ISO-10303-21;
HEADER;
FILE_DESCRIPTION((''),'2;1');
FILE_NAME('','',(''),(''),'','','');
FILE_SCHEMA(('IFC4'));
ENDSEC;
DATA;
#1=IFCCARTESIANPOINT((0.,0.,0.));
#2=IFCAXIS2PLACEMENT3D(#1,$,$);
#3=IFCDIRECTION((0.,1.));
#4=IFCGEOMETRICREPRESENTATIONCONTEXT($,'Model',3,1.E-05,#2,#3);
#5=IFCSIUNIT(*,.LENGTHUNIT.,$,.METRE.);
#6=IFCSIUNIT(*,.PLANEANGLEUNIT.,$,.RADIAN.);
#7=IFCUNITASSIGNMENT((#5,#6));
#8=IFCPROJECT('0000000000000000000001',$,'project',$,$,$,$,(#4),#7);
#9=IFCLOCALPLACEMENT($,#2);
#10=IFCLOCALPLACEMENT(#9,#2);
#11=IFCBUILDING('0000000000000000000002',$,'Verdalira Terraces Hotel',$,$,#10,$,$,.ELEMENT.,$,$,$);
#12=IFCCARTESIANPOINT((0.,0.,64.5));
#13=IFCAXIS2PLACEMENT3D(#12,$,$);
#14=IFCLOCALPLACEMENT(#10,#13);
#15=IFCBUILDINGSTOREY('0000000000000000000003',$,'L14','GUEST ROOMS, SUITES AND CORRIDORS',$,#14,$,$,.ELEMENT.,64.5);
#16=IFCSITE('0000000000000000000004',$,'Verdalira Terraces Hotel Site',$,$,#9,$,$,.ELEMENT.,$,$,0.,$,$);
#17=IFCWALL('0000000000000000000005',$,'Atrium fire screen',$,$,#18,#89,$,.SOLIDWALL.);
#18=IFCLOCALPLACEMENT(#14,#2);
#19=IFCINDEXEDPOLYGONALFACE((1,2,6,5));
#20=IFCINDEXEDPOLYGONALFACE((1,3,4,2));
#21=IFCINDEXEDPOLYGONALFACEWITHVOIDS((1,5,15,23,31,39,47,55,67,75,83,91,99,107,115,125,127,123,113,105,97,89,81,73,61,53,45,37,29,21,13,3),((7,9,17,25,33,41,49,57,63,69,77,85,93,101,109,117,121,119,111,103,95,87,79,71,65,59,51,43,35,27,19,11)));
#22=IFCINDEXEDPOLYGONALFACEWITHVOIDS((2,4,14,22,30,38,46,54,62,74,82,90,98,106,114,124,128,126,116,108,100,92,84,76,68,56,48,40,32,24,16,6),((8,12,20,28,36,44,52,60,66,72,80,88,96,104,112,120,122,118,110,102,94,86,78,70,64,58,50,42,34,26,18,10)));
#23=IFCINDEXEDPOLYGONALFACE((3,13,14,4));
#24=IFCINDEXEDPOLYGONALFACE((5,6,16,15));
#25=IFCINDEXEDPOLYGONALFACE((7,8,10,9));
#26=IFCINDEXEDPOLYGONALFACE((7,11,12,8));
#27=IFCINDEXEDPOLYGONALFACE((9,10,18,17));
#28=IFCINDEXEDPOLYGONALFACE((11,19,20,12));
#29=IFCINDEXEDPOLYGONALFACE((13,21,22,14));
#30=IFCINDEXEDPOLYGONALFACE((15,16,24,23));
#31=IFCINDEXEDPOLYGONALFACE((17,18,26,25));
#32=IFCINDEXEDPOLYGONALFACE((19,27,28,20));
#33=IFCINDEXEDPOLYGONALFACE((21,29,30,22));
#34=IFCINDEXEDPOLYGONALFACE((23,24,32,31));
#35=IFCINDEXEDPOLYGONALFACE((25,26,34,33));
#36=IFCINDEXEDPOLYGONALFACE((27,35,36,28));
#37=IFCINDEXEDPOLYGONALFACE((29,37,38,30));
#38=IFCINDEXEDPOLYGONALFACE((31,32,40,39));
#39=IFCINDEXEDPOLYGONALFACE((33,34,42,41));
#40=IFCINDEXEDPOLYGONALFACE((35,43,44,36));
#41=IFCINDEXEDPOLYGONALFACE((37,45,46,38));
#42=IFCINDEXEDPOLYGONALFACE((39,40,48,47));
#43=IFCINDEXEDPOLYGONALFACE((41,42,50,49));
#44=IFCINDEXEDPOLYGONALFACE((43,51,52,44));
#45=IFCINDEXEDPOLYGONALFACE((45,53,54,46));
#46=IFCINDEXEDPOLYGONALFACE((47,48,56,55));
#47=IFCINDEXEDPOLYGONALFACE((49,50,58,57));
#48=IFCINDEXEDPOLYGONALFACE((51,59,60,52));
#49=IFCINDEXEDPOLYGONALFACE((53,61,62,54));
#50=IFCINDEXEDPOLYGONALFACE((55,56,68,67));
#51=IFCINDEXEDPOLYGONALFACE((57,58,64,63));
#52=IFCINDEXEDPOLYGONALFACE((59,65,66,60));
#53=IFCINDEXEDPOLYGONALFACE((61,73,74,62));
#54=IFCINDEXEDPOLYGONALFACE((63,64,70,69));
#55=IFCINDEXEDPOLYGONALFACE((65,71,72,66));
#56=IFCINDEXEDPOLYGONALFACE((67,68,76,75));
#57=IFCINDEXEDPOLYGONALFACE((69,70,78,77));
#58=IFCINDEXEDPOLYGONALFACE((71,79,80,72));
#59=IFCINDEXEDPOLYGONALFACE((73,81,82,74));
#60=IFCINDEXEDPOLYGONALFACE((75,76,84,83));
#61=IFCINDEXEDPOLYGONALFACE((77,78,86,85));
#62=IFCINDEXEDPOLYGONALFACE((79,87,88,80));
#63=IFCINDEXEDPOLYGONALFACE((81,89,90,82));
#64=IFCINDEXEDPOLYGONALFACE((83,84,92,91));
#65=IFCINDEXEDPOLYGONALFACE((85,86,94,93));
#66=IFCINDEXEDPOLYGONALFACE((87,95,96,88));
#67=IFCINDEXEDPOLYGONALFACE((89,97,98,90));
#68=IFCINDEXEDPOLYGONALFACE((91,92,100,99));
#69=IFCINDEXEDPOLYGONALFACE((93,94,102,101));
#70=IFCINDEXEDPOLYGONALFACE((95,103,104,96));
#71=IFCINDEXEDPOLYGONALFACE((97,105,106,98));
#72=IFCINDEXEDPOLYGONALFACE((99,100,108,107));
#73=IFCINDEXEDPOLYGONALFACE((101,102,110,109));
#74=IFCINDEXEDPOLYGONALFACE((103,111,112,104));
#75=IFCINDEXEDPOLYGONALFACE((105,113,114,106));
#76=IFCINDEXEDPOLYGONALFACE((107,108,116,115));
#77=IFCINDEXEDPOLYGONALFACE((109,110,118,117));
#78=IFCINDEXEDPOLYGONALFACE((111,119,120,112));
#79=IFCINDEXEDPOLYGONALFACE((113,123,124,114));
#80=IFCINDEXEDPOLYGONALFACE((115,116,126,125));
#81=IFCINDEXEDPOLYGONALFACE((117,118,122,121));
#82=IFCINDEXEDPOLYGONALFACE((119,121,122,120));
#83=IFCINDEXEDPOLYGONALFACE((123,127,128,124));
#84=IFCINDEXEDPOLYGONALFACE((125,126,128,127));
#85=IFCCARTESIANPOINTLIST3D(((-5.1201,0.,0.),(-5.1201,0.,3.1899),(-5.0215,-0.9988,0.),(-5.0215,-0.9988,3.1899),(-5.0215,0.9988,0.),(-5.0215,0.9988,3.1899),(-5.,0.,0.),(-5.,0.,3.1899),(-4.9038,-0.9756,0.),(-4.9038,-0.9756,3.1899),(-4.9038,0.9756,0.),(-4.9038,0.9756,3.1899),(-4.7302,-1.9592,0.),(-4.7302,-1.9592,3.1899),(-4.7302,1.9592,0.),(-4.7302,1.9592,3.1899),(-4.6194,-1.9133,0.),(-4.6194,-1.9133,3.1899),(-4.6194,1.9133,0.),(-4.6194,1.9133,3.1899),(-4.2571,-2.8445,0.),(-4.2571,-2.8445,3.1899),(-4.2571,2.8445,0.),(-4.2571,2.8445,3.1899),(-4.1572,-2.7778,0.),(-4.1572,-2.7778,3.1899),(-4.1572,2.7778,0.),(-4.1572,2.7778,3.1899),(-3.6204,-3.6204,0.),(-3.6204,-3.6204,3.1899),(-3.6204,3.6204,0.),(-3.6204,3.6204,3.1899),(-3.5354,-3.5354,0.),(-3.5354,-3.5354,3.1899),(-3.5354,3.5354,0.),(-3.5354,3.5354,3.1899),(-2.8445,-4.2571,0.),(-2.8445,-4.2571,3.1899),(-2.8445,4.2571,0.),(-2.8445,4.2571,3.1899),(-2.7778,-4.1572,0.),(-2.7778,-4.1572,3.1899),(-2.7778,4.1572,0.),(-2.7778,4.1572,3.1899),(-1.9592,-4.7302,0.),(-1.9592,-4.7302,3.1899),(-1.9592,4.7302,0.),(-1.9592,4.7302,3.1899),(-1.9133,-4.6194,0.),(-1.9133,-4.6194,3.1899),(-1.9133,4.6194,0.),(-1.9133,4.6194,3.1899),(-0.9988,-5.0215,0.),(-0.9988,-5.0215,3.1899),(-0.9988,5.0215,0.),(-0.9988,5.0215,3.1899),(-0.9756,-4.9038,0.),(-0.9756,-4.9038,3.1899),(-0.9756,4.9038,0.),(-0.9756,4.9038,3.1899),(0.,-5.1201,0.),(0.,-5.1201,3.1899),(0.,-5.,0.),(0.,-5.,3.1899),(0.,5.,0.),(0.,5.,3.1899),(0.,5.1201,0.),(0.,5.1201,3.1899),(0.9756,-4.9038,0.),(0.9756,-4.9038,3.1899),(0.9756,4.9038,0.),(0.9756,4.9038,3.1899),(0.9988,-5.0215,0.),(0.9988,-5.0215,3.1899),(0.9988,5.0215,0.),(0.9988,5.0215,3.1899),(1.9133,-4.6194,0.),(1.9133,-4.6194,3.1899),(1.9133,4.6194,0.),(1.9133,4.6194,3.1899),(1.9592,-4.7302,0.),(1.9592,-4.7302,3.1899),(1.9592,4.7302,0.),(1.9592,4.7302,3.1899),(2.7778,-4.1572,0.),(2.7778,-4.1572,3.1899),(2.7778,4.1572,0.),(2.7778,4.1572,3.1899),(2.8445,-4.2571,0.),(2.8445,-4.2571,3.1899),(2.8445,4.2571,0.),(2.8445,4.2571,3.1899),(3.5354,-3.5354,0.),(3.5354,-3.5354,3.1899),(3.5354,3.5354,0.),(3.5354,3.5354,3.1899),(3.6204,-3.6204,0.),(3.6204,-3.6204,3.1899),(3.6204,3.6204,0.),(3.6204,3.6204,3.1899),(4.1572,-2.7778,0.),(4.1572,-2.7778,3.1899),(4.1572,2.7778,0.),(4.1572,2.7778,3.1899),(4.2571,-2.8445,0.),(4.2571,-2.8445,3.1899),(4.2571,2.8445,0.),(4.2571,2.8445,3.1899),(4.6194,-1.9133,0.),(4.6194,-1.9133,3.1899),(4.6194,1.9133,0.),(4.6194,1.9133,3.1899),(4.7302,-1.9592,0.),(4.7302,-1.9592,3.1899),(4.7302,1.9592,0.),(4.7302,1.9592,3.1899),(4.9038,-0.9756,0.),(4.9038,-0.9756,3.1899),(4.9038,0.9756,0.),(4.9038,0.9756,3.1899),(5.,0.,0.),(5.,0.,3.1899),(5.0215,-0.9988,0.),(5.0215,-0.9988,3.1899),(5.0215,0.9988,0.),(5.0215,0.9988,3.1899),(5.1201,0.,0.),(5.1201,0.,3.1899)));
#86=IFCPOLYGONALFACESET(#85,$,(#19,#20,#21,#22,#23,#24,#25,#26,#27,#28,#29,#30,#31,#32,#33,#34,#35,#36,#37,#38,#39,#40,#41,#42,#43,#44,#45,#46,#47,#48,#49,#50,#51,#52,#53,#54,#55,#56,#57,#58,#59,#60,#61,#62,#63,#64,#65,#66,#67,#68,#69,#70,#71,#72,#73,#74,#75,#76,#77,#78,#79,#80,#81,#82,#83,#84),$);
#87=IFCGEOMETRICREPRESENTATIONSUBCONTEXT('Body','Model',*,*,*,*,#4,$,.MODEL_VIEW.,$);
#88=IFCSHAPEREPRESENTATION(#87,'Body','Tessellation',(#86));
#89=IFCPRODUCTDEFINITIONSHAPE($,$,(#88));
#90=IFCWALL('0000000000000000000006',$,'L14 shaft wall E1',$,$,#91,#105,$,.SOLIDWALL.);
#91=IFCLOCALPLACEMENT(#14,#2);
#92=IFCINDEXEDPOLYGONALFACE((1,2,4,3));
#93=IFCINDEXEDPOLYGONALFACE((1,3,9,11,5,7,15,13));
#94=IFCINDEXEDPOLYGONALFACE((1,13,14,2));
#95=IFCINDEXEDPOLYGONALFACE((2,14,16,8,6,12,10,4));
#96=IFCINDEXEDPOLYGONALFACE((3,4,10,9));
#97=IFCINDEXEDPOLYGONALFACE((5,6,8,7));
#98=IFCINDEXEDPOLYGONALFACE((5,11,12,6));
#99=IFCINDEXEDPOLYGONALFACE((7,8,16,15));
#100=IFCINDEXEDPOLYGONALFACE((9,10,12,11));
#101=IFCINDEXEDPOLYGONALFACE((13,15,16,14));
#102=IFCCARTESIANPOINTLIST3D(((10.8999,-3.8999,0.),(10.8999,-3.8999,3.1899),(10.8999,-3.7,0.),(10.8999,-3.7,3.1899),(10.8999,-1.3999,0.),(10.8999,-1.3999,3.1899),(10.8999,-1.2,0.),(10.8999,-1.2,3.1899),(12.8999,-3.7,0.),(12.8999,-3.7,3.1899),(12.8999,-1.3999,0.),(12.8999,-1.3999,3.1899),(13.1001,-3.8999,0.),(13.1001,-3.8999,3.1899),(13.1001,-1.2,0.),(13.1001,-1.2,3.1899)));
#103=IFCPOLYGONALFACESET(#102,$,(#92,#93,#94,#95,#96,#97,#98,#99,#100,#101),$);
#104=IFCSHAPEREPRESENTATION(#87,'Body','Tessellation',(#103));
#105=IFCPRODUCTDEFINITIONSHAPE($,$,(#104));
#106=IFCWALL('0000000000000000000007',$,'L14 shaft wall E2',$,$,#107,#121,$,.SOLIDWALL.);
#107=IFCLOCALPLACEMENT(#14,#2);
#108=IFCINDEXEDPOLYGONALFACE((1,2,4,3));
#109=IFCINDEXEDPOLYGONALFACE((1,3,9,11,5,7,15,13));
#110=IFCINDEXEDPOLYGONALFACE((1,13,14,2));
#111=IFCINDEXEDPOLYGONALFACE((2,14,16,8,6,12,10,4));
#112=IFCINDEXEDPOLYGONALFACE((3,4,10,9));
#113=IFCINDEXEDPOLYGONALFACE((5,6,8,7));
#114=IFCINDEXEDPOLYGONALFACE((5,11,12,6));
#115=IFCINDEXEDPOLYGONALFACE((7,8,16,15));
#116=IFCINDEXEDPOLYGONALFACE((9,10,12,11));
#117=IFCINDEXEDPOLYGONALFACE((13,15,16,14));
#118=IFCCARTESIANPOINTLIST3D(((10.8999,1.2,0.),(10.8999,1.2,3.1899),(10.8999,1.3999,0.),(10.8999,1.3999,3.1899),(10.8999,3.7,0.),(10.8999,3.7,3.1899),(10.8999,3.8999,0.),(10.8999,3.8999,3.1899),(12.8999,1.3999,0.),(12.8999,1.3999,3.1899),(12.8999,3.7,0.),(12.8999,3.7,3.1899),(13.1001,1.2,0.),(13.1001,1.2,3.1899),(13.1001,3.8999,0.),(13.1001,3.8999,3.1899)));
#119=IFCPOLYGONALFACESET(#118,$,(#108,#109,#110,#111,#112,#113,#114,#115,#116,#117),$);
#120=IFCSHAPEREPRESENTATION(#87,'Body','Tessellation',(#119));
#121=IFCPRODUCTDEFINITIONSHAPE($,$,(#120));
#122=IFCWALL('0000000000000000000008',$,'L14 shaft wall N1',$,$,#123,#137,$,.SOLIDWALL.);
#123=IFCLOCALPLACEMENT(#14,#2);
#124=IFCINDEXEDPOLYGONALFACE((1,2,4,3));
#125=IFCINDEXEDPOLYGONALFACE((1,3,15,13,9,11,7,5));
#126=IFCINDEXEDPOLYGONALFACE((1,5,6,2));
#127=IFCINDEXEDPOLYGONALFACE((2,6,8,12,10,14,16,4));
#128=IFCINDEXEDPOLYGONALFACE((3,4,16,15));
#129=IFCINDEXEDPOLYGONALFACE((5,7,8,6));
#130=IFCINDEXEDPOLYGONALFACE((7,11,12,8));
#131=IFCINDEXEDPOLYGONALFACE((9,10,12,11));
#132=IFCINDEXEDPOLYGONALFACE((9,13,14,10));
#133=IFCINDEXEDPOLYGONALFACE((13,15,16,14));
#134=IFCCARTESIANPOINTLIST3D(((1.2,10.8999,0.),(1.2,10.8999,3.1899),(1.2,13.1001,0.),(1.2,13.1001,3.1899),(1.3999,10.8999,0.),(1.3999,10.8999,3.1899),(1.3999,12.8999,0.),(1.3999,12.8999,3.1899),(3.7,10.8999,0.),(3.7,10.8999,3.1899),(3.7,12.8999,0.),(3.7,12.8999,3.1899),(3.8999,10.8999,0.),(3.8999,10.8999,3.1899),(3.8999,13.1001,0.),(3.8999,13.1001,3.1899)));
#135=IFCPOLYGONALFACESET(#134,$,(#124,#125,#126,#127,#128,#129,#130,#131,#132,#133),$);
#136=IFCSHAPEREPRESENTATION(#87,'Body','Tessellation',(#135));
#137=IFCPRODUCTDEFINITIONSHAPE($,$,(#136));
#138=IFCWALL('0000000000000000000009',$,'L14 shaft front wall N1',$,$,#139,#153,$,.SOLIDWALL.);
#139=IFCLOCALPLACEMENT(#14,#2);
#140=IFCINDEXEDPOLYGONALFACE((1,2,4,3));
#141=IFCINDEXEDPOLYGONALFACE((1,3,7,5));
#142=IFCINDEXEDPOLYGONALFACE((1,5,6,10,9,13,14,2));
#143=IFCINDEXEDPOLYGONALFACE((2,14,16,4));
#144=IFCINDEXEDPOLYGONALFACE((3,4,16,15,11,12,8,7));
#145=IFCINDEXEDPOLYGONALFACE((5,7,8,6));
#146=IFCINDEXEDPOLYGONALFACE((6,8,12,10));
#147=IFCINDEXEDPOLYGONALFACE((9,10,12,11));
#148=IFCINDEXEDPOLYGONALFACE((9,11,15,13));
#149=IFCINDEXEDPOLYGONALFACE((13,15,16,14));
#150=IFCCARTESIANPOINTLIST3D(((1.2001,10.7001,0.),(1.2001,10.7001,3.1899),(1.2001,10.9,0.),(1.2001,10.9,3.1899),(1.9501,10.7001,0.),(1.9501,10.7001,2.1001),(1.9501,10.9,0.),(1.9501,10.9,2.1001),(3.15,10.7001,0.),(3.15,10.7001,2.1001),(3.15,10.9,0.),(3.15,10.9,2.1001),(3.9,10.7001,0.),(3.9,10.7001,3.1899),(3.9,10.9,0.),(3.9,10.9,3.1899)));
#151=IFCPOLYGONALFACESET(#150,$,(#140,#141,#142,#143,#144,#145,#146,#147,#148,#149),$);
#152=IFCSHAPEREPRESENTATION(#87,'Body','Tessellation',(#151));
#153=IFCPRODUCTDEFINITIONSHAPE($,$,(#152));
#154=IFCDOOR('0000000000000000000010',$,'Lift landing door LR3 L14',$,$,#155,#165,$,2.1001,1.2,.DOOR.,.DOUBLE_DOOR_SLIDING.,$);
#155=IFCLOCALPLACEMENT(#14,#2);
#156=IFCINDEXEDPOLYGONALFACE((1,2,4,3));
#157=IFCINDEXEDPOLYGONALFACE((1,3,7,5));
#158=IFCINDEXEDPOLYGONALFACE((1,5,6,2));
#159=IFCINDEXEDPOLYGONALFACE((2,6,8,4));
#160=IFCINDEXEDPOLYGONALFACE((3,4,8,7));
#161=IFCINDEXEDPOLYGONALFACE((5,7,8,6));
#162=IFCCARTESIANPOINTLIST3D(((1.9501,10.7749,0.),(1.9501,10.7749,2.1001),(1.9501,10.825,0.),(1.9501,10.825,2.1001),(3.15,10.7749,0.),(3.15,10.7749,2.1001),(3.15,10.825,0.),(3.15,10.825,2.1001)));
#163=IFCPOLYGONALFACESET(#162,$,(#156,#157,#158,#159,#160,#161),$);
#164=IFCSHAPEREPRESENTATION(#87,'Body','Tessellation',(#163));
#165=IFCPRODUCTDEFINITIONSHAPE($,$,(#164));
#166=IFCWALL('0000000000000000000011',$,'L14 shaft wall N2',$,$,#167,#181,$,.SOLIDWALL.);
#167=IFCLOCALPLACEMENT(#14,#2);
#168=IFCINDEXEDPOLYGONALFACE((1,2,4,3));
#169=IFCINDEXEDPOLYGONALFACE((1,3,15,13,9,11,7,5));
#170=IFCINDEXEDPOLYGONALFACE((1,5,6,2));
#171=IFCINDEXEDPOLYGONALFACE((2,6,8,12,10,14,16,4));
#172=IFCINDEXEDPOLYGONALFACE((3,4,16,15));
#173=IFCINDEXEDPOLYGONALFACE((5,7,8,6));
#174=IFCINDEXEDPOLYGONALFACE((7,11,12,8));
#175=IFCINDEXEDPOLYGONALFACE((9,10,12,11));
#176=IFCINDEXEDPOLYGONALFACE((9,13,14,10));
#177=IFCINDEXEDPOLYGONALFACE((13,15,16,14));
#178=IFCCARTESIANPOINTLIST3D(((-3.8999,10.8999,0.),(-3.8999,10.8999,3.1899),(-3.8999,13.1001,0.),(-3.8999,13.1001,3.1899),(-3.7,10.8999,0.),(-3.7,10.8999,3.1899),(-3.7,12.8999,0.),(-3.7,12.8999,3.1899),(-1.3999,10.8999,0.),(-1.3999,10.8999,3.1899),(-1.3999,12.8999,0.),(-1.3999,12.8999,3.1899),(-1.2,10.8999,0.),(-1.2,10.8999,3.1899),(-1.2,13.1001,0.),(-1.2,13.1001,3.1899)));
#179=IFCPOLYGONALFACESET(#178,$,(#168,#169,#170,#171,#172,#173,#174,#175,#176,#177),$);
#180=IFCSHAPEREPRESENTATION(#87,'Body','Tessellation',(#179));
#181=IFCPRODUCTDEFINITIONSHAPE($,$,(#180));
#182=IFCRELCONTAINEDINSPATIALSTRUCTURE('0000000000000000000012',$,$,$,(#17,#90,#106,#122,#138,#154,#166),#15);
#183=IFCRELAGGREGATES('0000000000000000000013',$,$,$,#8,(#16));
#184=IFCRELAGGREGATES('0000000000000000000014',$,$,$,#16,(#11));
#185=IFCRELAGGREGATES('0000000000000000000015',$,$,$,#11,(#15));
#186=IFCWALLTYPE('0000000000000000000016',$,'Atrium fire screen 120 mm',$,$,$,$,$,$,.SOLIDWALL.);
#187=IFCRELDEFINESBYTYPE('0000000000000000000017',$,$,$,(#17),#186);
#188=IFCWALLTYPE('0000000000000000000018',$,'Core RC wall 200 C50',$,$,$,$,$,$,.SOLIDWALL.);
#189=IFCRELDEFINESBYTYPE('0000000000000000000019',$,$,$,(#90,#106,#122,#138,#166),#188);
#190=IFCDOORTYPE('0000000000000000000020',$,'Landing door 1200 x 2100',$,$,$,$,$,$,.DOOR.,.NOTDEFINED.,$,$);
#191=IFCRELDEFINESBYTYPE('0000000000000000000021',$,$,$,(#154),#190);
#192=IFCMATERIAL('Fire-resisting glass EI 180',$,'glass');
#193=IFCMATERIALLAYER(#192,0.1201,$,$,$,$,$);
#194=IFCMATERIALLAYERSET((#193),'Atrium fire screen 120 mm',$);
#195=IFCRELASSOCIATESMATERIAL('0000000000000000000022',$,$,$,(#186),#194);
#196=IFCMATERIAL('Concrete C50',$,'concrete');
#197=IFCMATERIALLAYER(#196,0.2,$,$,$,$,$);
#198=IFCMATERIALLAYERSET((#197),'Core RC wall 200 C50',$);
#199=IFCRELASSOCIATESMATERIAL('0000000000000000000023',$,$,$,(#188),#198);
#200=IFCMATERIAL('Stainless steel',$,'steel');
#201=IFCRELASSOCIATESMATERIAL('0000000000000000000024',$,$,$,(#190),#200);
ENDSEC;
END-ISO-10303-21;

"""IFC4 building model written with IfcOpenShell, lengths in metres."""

from ifc_helpers import new_model, si_unit, direction, frame, frame_2d, origin, place, context, subcontext, project, spatial, polyline, rectangle, outline, extrude, material, layer, layer_set, type_object, element, fill, save


model = new_model("IFC4")

# Units and contexts
model_context = context("Model", 3, precision=1e-05, world=origin(), true_north=direction((0.0, 1.0)))
body_context = subcontext(model_context, "Body", "Model", "MODEL_VIEW")
ifc_project = project(units=[si_unit("LENGTHUNIT", "METRE"), si_unit("PLANEANGLEUNIT", "RADIAN")], contexts=[model_context])

# Site, building, storey
site_placement = place(None, origin())
site = spatial("IfcSite", under=ifc_project, at=site_placement, Name="Verdalira Terraces Hotel Site", CompositionType="ELEMENT", RefElevation=0.0)
building_placement = place(site_placement, origin())
building = spatial("IfcBuilding", under=site, at=building_placement, Name="Verdalira Terraces Hotel", CompositionType="ELEMENT")
storey_placement = place(building_placement, frame((0.0, 0.0, 64.5)))
storey = spatial("IfcBuildingStorey", under=building, at=storey_placement, Name="L14", Description="GUEST ROOMS, SUITES AND CORRIDORS", CompositionType="ELEMENT", Elevation=64.5)

# Walls
ifc_material_1 = material(Name="Fire-resisting glass EI 180", Category="glass")
ifc_layer_1 = layer(ifc_material_1, 0.1201)
ifc_layer_set_1 = layer_set([ifc_layer_1], Name="Atrium fire screen 120 mm")
wall_type_1 = type_object("IfcWallType", Name="Atrium fire screen 120 mm", PredefinedType="SOLIDWALL", material=ifc_layer_set_1)
wall_1_placement = place(storey_placement, origin())
element("IfcWall", 1, at=wall_1_placement, inside=storey, type_object=wall_type_1, Name="Atrium fire screen", PredefinedType="SOLIDWALL", context=body_context, shape_type="SweptSolid", body=[
    extrude(outline(polyline([(5.0215, -0.9988), (4.7302, -1.9592), (4.2571, -2.8445), (3.6204, -3.6204), (2.8445, -4.2571), (1.9592, -4.7302), (0.9988, -5.0215), (0.0, -5.1201), (-0.9988, -5.0215), (-1.9592, -4.7302), (-2.8445, -4.2571), (-3.6204, -3.6204), (-4.2571, -2.8445), (-4.7302, -1.9592), (-5.0215, -0.9988), (-5.1201, 0.0), (-5.0215, 0.9988), (-4.7302, 1.9592), (-4.2571, 2.8445), (-3.6204, 3.6204), (-2.8445, 4.2571), (-1.9592, 4.7302), (-0.9988, 5.0215), (0.0, 5.1201), (0.9988, 5.0215), (1.9592, 4.7302), (2.8445, 4.2571), (3.6204, 3.6204), (4.2571, 2.8445), (4.7302, 1.9592), (5.0215, 0.9988), (5.1201, 0.0), (5.0215, -0.9988)]), holes=[polyline([(4.9038, 0.9756), (4.6194, 1.9133), (4.1572, 2.7778), (3.5354, 3.5354), (2.7778, 4.1572), (1.9133, 4.6194), (0.9756, 4.9038), (0.0, 5.0), (-0.9756, 4.9038), (-1.9133, 4.6194), (-2.7778, 4.1572), (-3.5354, 3.5354), (-4.1572, 2.7778), (-4.6194, 1.9133), (-4.9038, 0.9756), (-5.0, 0.0), (-4.9038, -0.9756), (-4.6194, -1.9133), (-4.1572, -2.7778), (-3.5354, -3.5354), (-2.7778, -4.1572), (-1.9133, -4.6194), (-0.9756, -4.9038), (0.0, -5.0), (0.9756, -4.9038), (1.9133, -4.6194), (2.7778, -4.1572), (3.5354, -3.5354), (4.1572, -2.7778), (4.6194, -1.9133), (4.9038, -0.9756), (5.0, 0.0), (4.9038, 0.9756)])]), origin(), (0.0, 0.0, 1.0), 3.1899),
])
ifc_material_2 = material(Name="Concrete C50", Category="concrete")
ifc_layer_2 = layer(ifc_material_2, 0.2)
ifc_layer_set_2 = layer_set([ifc_layer_2], Name="Core RC wall 200 C50")
wall_type_2 = type_object("IfcWallType", Name="Core RC wall 200 C50", PredefinedType="SOLIDWALL", material=ifc_layer_set_2)
wall_2_placement = place(storey_placement, origin())
element("IfcWall", 2, at=wall_2_placement, inside=storey, type_object=wall_type_2, Name="L14 shaft wall E1", PredefinedType="SOLIDWALL", context=body_context, shape_type="SweptSolid", body=[
    extrude(outline(polyline([(13.1001, -3.8999), (10.8999, -3.8999), (10.8999, -3.7), (12.8999, -3.7), (12.8999, -1.3999), (10.8999, -1.3999), (10.8999, -1.2), (13.1001, -1.2), (13.1001, -3.8999)])), origin(), (0.0, 0.0, 1.0), 3.1899),
])
wall_3_placement = place(storey_placement, origin())
element("IfcWall", 3, at=wall_3_placement, inside=storey, type_object=wall_type_2, Name="L14 shaft wall E2", PredefinedType="SOLIDWALL", context=body_context, shape_type="SweptSolid", body=[
    extrude(outline(polyline([(13.1001, 3.8999), (13.1001, 1.2), (10.8999, 1.2), (10.8999, 1.3999), (12.8999, 1.3999), (12.8999, 3.7), (10.8999, 3.7), (10.8999, 3.8999), (13.1001, 3.8999)])), origin(), (0.0, 0.0, 1.0), 3.1899),
])
wall_4_placement = place(storey_placement, origin())
element("IfcWall", 4, at=wall_4_placement, inside=storey, type_object=wall_type_2, Name="L14 shaft wall N1", PredefinedType="SOLIDWALL", context=body_context, shape_type="SweptSolid", body=[
    extrude(outline(polyline([(3.8999, 13.1001), (3.8999, 10.8999), (3.7, 10.8999), (3.7, 12.8999), (1.3999, 12.8999), (1.3999, 10.8999), (1.2, 10.8999), (1.2, 13.1001), (3.8999, 13.1001)])), origin(), (0.0, 0.0, 1.0), 3.1899),
])

# Wall, opening, door
wall_5_placement = place(storey_placement, frame((1.2, 10.8, 0.0), z_axis=(0.0, 0.0, 1.0), x_axis=(1.0, 0.0, 0.0)))
wall_5 = element("IfcWall", 5, at=wall_5_placement, inside=storey, type_object=wall_type_2, Name="L14 shaft front wall N1", PredefinedType="SOLIDWALL", context=body_context, shape_type="SweptSolid", body=[
    extrude(rectangle(XDim=2.7, YDim=0.2, at=frame_2d((1.3501, 0.0))), origin(), (0.0, 0.0, 1.0), 3.1899),
])
opening_placement = place(wall_5_placement, frame((0.75, 0.0, 0.0)))
opening = element("IfcOpeningElement", 6, at=opening_placement, cuts=wall_5, PredefinedType="OPENING", context=body_context, shape_type="SweptSolid", body=[
    extrude(rectangle(XDim=1.2, YDim=2.1001, at=frame_2d((0.6001, 1.05))), frame((0.0, 0.1099, 0.0), z_axis=(0.0, -1.0, 0.0), x_axis=(1.0, 0.0, 0.0)), (0.0, 0.0, 1.0), 0.22),
])
ifc_material_3 = material(Name="Stainless steel", Category="steel")
door_type = type_object("IfcDoorType", Name="Landing door 1200 x 2100", OperationType="NOTDEFINED", PredefinedType="DOOR", material=ifc_material_3)
door_placement = place(opening_placement, origin())
door = element("IfcDoor", 7, at=door_placement, inside=storey, type_object=door_type, Name="Lift landing door LR3 L14", OperationType="DOUBLE_DOOR_SLIDING", OverallHeight=2.1001, OverallWidth=1.2, PredefinedType="DOOR", context=body_context, shape_type="SweptSolid", body=[
    extrude(rectangle(XDim=1.2, YDim=2.1001, at=frame_2d((0.6001, 1.05))), frame((0.0, 0.0249, 0.0), z_axis=(0.0, -1.0, 0.0), x_axis=(1.0, 0.0, 0.0)), (0.0, 0.0, 1.0), 0.05),
])
fill(opening, door)

# Wall
wall_6_placement = place(storey_placement, origin())
element("IfcWall", 8, at=wall_6_placement, inside=storey, type_object=wall_type_2, Name="L14 shaft wall N2", PredefinedType="SOLIDWALL", context=body_context, shape_type="SweptSolid", body=[
    extrude(outline(polyline([(-3.8999, 10.8999), (-3.8999, 13.1001), (-1.2, 13.1001), (-1.2, 10.8999), (-1.3999, 10.8999), (-1.3999, 12.8999), (-3.7, 12.8999), (-3.7, 10.8999), (-3.8999, 10.8999)])), origin(), (0.0, 0.0, 1.0), 3.1899),
])

save(model, "model.ifc")
